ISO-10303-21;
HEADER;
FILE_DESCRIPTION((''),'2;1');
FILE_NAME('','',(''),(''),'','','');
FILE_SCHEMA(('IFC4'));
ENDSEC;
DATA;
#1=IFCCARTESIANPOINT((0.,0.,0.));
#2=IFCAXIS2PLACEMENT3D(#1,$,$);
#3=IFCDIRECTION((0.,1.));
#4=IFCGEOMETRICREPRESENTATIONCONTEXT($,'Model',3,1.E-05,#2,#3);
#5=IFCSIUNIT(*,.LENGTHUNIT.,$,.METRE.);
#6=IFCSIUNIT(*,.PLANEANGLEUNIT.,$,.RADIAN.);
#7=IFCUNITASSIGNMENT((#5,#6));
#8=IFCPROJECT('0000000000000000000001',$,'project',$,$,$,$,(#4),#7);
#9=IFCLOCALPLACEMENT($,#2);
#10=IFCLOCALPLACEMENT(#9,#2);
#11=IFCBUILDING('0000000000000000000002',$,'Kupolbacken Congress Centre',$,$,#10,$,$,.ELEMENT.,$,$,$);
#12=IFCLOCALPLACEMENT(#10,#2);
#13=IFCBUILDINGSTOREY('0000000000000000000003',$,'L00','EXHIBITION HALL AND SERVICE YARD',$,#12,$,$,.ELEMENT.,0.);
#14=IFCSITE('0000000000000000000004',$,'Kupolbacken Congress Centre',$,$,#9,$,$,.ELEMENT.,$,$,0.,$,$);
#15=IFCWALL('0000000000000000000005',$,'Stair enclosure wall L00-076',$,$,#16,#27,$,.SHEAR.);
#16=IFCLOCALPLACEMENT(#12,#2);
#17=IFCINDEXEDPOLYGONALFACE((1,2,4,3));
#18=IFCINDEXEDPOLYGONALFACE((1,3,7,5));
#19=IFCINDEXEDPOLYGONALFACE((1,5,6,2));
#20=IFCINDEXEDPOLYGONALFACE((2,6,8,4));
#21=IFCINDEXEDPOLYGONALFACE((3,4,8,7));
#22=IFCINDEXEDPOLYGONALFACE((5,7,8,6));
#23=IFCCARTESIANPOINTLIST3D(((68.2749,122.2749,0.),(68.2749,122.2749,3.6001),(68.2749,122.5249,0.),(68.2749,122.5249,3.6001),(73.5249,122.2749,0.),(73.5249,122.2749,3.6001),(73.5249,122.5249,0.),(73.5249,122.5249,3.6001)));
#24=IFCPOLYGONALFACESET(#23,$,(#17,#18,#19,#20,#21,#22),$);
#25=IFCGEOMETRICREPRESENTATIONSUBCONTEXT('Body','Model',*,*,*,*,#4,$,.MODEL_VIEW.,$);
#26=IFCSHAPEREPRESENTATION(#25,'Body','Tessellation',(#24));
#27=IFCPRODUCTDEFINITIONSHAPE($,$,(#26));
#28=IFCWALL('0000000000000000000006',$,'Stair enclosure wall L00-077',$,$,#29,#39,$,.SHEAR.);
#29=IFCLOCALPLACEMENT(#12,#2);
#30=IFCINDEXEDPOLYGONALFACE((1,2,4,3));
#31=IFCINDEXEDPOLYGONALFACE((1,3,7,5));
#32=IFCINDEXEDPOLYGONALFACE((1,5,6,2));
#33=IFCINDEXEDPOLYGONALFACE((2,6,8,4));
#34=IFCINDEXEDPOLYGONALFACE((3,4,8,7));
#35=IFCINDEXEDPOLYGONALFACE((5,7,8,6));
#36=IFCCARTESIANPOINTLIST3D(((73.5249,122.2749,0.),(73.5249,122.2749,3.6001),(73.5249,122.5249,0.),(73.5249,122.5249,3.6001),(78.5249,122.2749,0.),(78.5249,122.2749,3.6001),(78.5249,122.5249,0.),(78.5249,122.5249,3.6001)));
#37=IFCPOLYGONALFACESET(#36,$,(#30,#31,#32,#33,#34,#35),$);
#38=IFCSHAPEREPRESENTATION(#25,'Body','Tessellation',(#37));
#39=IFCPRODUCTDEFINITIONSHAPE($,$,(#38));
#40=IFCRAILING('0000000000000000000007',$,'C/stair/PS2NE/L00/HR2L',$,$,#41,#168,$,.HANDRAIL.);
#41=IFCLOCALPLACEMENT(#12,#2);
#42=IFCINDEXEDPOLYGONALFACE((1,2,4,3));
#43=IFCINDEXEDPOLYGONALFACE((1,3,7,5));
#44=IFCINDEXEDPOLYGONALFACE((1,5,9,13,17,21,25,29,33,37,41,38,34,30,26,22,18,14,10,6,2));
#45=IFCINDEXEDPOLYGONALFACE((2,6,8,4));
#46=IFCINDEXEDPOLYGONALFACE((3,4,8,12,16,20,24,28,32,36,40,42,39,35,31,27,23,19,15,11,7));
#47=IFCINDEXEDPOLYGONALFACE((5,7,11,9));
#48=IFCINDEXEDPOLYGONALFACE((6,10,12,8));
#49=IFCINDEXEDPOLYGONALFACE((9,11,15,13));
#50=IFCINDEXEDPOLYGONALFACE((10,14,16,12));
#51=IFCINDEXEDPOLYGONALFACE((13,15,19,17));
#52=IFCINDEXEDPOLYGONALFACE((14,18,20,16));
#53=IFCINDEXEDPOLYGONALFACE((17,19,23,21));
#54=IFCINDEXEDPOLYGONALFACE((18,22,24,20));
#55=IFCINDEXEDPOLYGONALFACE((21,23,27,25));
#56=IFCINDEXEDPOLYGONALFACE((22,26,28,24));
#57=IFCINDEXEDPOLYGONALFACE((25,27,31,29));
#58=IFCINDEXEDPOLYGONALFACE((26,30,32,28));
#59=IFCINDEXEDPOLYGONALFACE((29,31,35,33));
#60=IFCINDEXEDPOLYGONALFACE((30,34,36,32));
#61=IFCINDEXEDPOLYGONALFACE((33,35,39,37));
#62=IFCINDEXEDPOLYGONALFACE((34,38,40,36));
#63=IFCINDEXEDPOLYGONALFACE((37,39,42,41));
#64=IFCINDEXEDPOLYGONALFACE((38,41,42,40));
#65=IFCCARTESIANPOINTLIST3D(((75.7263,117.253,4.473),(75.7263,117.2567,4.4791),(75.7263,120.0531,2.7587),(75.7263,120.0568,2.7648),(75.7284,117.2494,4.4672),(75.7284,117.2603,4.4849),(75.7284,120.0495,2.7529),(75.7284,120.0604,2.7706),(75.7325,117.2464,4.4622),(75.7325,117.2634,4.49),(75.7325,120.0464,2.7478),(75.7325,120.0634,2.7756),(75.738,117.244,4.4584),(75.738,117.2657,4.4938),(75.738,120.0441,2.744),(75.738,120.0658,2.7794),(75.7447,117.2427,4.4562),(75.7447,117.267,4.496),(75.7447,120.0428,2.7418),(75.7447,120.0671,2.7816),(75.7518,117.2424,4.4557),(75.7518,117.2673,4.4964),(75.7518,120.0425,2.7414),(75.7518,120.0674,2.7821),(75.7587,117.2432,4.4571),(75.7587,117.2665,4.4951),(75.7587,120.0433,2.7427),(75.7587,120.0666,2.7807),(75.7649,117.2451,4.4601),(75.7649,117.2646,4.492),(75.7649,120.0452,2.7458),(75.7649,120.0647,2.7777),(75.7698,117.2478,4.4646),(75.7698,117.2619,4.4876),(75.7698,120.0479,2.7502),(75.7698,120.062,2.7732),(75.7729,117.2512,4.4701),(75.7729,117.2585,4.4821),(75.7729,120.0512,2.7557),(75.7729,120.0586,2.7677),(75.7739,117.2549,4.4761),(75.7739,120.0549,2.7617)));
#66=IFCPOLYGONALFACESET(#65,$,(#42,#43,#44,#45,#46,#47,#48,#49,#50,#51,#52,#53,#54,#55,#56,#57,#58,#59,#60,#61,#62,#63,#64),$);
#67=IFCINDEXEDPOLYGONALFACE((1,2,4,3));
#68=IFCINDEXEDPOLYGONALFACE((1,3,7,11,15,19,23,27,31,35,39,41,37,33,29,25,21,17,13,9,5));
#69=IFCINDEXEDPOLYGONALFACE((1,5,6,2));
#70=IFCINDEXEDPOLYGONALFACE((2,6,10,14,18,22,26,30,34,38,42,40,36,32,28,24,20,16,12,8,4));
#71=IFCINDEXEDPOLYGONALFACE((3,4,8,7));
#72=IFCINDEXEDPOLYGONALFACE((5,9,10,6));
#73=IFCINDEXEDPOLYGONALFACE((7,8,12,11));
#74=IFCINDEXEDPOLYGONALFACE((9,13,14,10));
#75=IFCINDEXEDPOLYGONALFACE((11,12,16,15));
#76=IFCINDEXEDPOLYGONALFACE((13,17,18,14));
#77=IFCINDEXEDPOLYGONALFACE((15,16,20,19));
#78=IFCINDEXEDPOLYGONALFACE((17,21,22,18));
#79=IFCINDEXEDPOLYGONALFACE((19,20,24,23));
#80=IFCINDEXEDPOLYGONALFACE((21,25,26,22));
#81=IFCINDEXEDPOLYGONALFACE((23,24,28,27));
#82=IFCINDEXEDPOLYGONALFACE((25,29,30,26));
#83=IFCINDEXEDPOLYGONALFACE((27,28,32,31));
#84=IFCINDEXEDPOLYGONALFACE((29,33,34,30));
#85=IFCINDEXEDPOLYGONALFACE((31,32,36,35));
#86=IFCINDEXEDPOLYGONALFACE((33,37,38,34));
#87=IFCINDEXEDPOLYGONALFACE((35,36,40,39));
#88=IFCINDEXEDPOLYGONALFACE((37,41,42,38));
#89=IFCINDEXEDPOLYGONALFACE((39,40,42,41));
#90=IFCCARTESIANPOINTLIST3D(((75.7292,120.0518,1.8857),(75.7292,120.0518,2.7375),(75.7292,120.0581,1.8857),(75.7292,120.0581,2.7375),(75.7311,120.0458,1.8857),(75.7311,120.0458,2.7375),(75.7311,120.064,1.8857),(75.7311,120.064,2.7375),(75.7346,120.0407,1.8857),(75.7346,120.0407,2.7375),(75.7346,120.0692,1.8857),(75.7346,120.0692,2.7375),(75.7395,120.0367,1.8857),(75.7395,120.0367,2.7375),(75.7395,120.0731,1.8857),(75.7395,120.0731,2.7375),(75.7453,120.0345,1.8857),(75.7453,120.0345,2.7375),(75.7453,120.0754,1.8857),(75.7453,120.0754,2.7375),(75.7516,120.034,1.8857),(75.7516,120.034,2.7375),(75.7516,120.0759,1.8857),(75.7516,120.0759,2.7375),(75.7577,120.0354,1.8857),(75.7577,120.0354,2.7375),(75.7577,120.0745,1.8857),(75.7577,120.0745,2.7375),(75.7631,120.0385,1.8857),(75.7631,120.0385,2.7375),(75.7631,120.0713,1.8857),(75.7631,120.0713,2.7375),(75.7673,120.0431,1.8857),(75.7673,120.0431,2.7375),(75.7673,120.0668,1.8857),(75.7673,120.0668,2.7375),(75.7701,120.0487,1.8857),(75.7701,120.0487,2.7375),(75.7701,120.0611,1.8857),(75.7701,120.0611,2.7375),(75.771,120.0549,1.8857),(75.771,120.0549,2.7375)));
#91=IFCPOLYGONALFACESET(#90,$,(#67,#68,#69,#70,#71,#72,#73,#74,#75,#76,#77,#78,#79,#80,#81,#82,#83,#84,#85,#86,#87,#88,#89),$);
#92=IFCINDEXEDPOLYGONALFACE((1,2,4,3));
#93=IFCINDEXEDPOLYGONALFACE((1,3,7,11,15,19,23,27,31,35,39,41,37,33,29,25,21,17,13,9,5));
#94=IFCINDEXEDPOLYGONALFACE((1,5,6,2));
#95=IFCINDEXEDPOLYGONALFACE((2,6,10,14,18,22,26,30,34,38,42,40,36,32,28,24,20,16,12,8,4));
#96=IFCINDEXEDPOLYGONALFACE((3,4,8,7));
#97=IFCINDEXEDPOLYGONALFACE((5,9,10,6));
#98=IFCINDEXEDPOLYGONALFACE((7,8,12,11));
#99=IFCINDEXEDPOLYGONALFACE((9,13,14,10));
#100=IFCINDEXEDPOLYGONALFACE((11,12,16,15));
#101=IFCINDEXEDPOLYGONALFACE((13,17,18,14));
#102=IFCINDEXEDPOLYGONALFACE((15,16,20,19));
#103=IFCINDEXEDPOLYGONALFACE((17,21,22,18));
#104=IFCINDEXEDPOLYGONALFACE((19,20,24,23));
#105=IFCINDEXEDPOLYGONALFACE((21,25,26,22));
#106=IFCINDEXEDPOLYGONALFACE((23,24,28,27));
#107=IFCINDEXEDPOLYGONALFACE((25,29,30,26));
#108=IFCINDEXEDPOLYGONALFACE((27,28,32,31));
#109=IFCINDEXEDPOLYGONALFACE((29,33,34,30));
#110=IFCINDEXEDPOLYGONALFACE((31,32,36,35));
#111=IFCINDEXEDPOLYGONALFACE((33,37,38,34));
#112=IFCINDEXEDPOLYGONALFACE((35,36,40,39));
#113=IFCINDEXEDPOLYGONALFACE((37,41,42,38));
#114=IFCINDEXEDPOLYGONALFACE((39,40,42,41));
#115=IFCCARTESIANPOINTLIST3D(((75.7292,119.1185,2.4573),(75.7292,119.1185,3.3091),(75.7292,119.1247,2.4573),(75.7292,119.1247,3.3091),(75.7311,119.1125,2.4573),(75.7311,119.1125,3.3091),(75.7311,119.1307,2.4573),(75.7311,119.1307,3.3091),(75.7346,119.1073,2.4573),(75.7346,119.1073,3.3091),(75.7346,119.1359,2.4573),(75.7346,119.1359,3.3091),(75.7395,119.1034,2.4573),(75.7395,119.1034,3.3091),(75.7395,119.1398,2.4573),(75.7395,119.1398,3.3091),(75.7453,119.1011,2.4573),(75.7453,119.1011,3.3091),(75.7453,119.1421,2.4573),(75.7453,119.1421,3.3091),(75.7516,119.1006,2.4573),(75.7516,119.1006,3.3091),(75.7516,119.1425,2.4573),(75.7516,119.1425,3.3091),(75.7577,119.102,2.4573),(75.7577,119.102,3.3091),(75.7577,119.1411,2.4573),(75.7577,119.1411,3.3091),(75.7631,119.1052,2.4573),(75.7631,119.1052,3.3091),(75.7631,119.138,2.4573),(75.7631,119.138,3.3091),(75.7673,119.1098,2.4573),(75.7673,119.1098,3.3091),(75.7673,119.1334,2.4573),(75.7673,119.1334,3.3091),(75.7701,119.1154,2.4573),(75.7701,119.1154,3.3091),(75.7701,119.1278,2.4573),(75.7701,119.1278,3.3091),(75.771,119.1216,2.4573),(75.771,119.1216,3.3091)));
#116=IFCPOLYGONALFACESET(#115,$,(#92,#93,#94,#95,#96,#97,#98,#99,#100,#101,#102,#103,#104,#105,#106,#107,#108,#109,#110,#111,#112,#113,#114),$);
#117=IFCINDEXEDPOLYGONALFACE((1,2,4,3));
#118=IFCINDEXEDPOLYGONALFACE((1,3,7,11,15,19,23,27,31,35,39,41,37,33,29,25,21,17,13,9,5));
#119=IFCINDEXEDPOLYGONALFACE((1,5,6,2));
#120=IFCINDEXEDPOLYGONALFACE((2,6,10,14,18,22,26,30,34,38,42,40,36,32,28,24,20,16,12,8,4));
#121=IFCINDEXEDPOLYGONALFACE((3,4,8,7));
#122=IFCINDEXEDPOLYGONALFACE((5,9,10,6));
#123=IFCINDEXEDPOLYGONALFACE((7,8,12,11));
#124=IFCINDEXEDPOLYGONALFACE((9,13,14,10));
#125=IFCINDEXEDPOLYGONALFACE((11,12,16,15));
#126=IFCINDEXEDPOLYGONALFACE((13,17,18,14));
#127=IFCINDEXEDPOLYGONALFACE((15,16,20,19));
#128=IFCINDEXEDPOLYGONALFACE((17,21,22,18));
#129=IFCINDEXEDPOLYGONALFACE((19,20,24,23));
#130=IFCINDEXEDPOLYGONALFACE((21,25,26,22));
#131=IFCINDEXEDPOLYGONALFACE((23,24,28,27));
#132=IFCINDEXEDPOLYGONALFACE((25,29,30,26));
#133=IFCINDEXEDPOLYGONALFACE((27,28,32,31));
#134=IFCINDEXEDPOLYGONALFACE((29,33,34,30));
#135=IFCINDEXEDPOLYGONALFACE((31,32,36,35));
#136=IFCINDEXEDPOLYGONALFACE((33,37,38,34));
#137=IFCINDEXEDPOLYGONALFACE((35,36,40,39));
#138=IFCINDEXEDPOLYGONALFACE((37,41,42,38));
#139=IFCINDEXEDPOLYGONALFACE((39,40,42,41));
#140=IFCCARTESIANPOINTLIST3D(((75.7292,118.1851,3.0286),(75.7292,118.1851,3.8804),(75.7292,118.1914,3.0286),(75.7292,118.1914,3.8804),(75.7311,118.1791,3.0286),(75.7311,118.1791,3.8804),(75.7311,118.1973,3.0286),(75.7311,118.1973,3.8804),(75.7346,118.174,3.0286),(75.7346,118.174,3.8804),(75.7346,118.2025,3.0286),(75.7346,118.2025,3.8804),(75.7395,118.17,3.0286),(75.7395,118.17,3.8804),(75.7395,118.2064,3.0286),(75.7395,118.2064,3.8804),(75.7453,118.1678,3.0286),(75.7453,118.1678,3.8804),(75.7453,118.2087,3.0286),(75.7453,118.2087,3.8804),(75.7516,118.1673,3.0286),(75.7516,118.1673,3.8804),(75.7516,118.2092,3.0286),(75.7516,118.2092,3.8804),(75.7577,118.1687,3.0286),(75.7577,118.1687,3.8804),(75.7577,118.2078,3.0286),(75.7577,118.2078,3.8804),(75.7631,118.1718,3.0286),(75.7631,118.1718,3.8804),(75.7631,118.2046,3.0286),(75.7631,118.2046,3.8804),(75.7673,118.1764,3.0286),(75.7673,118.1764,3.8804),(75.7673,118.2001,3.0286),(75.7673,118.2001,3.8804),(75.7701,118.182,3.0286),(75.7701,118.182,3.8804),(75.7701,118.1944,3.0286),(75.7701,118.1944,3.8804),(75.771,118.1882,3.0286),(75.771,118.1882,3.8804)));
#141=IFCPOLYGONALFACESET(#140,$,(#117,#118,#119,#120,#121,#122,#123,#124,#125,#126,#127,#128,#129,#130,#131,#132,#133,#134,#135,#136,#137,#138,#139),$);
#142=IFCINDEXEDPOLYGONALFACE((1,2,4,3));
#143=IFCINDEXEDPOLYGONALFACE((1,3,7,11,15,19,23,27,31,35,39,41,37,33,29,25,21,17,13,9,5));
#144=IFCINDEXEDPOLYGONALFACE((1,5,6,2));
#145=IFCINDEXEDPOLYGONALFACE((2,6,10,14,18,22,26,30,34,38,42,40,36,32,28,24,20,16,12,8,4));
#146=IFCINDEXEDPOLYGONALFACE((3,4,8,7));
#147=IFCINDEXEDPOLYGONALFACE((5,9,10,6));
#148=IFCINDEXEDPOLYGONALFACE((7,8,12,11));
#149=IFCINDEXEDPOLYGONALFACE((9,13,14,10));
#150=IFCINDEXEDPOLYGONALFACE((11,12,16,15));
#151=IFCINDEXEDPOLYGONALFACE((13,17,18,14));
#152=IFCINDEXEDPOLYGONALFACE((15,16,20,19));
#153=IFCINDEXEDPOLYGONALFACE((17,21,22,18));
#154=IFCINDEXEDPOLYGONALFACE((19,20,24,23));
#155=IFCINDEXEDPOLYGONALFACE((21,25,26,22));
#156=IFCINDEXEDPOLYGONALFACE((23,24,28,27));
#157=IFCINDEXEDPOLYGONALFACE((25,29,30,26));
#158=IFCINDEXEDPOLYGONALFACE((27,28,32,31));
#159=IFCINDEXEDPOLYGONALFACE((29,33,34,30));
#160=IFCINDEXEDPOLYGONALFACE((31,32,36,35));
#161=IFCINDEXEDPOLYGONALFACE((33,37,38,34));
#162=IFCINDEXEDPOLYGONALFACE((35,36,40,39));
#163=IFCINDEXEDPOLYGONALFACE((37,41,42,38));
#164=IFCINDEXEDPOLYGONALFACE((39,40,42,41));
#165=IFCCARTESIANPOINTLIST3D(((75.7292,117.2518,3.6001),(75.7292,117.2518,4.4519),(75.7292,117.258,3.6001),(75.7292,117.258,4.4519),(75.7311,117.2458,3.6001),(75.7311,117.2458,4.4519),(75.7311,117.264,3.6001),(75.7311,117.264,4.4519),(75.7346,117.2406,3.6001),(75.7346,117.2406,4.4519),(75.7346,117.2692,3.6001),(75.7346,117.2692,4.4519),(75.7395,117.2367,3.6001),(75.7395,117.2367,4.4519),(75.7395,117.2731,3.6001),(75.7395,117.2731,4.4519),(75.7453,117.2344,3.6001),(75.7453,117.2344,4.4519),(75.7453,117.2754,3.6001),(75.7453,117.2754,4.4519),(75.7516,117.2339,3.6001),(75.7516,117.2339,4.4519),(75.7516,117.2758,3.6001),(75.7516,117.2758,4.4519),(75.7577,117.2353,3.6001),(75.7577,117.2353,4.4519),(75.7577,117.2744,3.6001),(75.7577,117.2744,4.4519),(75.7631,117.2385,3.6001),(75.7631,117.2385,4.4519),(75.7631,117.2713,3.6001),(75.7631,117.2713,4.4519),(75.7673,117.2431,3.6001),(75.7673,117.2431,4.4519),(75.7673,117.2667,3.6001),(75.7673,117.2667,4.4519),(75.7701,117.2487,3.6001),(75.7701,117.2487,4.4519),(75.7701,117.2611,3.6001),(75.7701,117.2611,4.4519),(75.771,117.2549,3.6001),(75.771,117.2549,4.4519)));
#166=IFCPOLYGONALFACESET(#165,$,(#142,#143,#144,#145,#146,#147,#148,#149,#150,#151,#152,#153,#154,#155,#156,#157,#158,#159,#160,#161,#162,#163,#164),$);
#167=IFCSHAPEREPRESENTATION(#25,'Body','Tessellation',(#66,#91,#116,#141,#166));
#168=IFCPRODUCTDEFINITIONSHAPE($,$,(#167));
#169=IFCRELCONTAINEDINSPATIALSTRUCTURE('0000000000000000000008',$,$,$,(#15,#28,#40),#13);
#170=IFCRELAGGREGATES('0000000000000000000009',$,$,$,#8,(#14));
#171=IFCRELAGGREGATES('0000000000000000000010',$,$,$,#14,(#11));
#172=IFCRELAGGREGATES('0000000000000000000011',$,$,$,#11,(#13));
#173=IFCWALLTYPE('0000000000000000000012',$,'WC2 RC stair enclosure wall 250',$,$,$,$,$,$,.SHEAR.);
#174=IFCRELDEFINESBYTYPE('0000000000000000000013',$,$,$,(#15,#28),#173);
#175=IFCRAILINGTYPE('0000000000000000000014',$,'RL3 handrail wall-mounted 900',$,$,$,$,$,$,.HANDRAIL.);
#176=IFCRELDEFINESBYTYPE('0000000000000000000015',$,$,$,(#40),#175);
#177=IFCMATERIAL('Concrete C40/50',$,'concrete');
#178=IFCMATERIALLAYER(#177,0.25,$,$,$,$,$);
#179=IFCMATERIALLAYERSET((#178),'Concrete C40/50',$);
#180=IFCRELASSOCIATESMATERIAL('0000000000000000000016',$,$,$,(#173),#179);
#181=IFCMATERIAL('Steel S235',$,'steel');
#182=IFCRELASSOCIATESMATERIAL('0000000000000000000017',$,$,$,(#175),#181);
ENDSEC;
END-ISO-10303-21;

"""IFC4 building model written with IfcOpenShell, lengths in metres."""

from ifc_helpers import new_model, si_unit, direction, frame, frame_2d, origin, origin_2d, place, context, subcontext, project, spatial, rectangle, circle, extrude, material, layer, layer_set, type_object, element, save


model = new_model("IFC4")

# Units and contexts
model_context = context("Model", 3, precision=1e-05, world=origin(), true_north=direction((0.0, 1.0)))
body_context = subcontext(model_context, "Body", "Model", "MODEL_VIEW")
ifc_project = project(units=[si_unit("LENGTHUNIT", "METRE"), si_unit("PLANEANGLEUNIT", "RADIAN")], contexts=[model_context])

# Site, building, storey
site_placement = place(None, origin())
site = spatial("IfcSite", under=ifc_project, at=site_placement, Name="Kupolbacken Congress Centre", CompositionType="ELEMENT", RefElevation=0.0)
building_placement = place(site_placement, origin())
building = spatial("IfcBuilding", under=site, at=building_placement, Name="Kupolbacken Congress Centre", CompositionType="ELEMENT")
storey_placement = place(building_placement, origin())
storey = spatial("IfcBuildingStorey", under=building, at=storey_placement, Name="L00", Description="EXHIBITION HALL AND SERVICE YARD", CompositionType="ELEMENT", Elevation=0.0)

# Walls
ifc_material_1 = material(Name="Concrete C40/50", Category="concrete")
ifc_layer_1 = layer(ifc_material_1, 0.25)
ifc_layer_set_1 = layer_set([ifc_layer_1], Name="Concrete C40/50")
wall_type_1 = type_object("IfcWallType", Name="WC2 RC stair enclosure wall 250", PredefinedType="SHEAR", material=ifc_layer_set_1)
wall_1_placement = place(storey_placement, frame((73.5249, 122.3999, 0.0), z_axis=(0.0, 0.0, 1.0), x_axis=(-1.0, 0.0, 0.0)))
element("IfcWall", 1, at=wall_1_placement, inside=storey, type_object=wall_type_1, Name="Stair enclosure wall L00-076", PredefinedType="SHEAR", context=body_context, shape_type="SweptSolid", body=[
    extrude(rectangle(XDim=5.25, YDim=0.25, at=frame_2d((2.625, 0.0))), origin(), (0.0, 0.0, 1.0), 3.6001),
])
wall_2_placement = place(storey_placement, frame((78.5249, 122.3999, 0.0), z_axis=(0.0, 0.0, 1.0), x_axis=(-1.0, 0.0, 0.0)))
element("IfcWall", 2, at=wall_2_placement, inside=storey, type_object=wall_type_1, Name="Stair enclosure wall L00-077", PredefinedType="SHEAR", context=body_context, shape_type="SweptSolid", body=[
    extrude(rectangle(XDim=5.0, YDim=0.25, at=frame_2d((2.5, 0.0))), origin(), (0.0, 0.0, 1.0), 3.6001),
])

# Railing
ifc_material_2 = material(Name="Steel S235", Category="steel")
railing_type = type_object("IfcRailingType", Name="RL3 handrail wall-mounted 900", PredefinedType="HANDRAIL", material=ifc_material_2)
for number, where, name in (
    (3, (75.75, 120.0549, 1.8857), "C/stair/PS2NE/L00/HR2L"),
):
    element("IfcRailing", number, at=place(storey_placement, frame(where)), inside=storey, type_object=railing_type, Name=name, PredefinedType="HANDRAIL", context=body_context, shape_type="SweptSolid", body=[
        extrude(circle(Radius=0.0239, at=origin_2d()), frame((0.0, 0.0, 0.876), z_axis=(0.0, -0.852846, 0.522163), x_axis=(1.0, 0.0, 0.0)), (0.0, 0.0, 1.0), 3.2832),
        extrude(circle(Radius=0.021, at=origin_2d()), origin(), (0.0, 0.0, 1.0), 0.8518),
        extrude(circle(Radius=0.021, at=origin_2d()), frame((0.0, -0.9333, 0.5715)), (0.0, 0.0, 1.0), 0.8518),
        extrude(circle(Radius=0.021, at=origin_2d()), frame((0.0, -1.8667, 1.1428)), (0.0, 0.0, 1.0), 0.8518),
        extrude(circle(Radius=0.021, at=origin_2d()), frame((0.0, -2.8, 1.7144)), (0.0, 0.0, 1.0), 0.8518),
    ])

save(model, "model.ifc")
